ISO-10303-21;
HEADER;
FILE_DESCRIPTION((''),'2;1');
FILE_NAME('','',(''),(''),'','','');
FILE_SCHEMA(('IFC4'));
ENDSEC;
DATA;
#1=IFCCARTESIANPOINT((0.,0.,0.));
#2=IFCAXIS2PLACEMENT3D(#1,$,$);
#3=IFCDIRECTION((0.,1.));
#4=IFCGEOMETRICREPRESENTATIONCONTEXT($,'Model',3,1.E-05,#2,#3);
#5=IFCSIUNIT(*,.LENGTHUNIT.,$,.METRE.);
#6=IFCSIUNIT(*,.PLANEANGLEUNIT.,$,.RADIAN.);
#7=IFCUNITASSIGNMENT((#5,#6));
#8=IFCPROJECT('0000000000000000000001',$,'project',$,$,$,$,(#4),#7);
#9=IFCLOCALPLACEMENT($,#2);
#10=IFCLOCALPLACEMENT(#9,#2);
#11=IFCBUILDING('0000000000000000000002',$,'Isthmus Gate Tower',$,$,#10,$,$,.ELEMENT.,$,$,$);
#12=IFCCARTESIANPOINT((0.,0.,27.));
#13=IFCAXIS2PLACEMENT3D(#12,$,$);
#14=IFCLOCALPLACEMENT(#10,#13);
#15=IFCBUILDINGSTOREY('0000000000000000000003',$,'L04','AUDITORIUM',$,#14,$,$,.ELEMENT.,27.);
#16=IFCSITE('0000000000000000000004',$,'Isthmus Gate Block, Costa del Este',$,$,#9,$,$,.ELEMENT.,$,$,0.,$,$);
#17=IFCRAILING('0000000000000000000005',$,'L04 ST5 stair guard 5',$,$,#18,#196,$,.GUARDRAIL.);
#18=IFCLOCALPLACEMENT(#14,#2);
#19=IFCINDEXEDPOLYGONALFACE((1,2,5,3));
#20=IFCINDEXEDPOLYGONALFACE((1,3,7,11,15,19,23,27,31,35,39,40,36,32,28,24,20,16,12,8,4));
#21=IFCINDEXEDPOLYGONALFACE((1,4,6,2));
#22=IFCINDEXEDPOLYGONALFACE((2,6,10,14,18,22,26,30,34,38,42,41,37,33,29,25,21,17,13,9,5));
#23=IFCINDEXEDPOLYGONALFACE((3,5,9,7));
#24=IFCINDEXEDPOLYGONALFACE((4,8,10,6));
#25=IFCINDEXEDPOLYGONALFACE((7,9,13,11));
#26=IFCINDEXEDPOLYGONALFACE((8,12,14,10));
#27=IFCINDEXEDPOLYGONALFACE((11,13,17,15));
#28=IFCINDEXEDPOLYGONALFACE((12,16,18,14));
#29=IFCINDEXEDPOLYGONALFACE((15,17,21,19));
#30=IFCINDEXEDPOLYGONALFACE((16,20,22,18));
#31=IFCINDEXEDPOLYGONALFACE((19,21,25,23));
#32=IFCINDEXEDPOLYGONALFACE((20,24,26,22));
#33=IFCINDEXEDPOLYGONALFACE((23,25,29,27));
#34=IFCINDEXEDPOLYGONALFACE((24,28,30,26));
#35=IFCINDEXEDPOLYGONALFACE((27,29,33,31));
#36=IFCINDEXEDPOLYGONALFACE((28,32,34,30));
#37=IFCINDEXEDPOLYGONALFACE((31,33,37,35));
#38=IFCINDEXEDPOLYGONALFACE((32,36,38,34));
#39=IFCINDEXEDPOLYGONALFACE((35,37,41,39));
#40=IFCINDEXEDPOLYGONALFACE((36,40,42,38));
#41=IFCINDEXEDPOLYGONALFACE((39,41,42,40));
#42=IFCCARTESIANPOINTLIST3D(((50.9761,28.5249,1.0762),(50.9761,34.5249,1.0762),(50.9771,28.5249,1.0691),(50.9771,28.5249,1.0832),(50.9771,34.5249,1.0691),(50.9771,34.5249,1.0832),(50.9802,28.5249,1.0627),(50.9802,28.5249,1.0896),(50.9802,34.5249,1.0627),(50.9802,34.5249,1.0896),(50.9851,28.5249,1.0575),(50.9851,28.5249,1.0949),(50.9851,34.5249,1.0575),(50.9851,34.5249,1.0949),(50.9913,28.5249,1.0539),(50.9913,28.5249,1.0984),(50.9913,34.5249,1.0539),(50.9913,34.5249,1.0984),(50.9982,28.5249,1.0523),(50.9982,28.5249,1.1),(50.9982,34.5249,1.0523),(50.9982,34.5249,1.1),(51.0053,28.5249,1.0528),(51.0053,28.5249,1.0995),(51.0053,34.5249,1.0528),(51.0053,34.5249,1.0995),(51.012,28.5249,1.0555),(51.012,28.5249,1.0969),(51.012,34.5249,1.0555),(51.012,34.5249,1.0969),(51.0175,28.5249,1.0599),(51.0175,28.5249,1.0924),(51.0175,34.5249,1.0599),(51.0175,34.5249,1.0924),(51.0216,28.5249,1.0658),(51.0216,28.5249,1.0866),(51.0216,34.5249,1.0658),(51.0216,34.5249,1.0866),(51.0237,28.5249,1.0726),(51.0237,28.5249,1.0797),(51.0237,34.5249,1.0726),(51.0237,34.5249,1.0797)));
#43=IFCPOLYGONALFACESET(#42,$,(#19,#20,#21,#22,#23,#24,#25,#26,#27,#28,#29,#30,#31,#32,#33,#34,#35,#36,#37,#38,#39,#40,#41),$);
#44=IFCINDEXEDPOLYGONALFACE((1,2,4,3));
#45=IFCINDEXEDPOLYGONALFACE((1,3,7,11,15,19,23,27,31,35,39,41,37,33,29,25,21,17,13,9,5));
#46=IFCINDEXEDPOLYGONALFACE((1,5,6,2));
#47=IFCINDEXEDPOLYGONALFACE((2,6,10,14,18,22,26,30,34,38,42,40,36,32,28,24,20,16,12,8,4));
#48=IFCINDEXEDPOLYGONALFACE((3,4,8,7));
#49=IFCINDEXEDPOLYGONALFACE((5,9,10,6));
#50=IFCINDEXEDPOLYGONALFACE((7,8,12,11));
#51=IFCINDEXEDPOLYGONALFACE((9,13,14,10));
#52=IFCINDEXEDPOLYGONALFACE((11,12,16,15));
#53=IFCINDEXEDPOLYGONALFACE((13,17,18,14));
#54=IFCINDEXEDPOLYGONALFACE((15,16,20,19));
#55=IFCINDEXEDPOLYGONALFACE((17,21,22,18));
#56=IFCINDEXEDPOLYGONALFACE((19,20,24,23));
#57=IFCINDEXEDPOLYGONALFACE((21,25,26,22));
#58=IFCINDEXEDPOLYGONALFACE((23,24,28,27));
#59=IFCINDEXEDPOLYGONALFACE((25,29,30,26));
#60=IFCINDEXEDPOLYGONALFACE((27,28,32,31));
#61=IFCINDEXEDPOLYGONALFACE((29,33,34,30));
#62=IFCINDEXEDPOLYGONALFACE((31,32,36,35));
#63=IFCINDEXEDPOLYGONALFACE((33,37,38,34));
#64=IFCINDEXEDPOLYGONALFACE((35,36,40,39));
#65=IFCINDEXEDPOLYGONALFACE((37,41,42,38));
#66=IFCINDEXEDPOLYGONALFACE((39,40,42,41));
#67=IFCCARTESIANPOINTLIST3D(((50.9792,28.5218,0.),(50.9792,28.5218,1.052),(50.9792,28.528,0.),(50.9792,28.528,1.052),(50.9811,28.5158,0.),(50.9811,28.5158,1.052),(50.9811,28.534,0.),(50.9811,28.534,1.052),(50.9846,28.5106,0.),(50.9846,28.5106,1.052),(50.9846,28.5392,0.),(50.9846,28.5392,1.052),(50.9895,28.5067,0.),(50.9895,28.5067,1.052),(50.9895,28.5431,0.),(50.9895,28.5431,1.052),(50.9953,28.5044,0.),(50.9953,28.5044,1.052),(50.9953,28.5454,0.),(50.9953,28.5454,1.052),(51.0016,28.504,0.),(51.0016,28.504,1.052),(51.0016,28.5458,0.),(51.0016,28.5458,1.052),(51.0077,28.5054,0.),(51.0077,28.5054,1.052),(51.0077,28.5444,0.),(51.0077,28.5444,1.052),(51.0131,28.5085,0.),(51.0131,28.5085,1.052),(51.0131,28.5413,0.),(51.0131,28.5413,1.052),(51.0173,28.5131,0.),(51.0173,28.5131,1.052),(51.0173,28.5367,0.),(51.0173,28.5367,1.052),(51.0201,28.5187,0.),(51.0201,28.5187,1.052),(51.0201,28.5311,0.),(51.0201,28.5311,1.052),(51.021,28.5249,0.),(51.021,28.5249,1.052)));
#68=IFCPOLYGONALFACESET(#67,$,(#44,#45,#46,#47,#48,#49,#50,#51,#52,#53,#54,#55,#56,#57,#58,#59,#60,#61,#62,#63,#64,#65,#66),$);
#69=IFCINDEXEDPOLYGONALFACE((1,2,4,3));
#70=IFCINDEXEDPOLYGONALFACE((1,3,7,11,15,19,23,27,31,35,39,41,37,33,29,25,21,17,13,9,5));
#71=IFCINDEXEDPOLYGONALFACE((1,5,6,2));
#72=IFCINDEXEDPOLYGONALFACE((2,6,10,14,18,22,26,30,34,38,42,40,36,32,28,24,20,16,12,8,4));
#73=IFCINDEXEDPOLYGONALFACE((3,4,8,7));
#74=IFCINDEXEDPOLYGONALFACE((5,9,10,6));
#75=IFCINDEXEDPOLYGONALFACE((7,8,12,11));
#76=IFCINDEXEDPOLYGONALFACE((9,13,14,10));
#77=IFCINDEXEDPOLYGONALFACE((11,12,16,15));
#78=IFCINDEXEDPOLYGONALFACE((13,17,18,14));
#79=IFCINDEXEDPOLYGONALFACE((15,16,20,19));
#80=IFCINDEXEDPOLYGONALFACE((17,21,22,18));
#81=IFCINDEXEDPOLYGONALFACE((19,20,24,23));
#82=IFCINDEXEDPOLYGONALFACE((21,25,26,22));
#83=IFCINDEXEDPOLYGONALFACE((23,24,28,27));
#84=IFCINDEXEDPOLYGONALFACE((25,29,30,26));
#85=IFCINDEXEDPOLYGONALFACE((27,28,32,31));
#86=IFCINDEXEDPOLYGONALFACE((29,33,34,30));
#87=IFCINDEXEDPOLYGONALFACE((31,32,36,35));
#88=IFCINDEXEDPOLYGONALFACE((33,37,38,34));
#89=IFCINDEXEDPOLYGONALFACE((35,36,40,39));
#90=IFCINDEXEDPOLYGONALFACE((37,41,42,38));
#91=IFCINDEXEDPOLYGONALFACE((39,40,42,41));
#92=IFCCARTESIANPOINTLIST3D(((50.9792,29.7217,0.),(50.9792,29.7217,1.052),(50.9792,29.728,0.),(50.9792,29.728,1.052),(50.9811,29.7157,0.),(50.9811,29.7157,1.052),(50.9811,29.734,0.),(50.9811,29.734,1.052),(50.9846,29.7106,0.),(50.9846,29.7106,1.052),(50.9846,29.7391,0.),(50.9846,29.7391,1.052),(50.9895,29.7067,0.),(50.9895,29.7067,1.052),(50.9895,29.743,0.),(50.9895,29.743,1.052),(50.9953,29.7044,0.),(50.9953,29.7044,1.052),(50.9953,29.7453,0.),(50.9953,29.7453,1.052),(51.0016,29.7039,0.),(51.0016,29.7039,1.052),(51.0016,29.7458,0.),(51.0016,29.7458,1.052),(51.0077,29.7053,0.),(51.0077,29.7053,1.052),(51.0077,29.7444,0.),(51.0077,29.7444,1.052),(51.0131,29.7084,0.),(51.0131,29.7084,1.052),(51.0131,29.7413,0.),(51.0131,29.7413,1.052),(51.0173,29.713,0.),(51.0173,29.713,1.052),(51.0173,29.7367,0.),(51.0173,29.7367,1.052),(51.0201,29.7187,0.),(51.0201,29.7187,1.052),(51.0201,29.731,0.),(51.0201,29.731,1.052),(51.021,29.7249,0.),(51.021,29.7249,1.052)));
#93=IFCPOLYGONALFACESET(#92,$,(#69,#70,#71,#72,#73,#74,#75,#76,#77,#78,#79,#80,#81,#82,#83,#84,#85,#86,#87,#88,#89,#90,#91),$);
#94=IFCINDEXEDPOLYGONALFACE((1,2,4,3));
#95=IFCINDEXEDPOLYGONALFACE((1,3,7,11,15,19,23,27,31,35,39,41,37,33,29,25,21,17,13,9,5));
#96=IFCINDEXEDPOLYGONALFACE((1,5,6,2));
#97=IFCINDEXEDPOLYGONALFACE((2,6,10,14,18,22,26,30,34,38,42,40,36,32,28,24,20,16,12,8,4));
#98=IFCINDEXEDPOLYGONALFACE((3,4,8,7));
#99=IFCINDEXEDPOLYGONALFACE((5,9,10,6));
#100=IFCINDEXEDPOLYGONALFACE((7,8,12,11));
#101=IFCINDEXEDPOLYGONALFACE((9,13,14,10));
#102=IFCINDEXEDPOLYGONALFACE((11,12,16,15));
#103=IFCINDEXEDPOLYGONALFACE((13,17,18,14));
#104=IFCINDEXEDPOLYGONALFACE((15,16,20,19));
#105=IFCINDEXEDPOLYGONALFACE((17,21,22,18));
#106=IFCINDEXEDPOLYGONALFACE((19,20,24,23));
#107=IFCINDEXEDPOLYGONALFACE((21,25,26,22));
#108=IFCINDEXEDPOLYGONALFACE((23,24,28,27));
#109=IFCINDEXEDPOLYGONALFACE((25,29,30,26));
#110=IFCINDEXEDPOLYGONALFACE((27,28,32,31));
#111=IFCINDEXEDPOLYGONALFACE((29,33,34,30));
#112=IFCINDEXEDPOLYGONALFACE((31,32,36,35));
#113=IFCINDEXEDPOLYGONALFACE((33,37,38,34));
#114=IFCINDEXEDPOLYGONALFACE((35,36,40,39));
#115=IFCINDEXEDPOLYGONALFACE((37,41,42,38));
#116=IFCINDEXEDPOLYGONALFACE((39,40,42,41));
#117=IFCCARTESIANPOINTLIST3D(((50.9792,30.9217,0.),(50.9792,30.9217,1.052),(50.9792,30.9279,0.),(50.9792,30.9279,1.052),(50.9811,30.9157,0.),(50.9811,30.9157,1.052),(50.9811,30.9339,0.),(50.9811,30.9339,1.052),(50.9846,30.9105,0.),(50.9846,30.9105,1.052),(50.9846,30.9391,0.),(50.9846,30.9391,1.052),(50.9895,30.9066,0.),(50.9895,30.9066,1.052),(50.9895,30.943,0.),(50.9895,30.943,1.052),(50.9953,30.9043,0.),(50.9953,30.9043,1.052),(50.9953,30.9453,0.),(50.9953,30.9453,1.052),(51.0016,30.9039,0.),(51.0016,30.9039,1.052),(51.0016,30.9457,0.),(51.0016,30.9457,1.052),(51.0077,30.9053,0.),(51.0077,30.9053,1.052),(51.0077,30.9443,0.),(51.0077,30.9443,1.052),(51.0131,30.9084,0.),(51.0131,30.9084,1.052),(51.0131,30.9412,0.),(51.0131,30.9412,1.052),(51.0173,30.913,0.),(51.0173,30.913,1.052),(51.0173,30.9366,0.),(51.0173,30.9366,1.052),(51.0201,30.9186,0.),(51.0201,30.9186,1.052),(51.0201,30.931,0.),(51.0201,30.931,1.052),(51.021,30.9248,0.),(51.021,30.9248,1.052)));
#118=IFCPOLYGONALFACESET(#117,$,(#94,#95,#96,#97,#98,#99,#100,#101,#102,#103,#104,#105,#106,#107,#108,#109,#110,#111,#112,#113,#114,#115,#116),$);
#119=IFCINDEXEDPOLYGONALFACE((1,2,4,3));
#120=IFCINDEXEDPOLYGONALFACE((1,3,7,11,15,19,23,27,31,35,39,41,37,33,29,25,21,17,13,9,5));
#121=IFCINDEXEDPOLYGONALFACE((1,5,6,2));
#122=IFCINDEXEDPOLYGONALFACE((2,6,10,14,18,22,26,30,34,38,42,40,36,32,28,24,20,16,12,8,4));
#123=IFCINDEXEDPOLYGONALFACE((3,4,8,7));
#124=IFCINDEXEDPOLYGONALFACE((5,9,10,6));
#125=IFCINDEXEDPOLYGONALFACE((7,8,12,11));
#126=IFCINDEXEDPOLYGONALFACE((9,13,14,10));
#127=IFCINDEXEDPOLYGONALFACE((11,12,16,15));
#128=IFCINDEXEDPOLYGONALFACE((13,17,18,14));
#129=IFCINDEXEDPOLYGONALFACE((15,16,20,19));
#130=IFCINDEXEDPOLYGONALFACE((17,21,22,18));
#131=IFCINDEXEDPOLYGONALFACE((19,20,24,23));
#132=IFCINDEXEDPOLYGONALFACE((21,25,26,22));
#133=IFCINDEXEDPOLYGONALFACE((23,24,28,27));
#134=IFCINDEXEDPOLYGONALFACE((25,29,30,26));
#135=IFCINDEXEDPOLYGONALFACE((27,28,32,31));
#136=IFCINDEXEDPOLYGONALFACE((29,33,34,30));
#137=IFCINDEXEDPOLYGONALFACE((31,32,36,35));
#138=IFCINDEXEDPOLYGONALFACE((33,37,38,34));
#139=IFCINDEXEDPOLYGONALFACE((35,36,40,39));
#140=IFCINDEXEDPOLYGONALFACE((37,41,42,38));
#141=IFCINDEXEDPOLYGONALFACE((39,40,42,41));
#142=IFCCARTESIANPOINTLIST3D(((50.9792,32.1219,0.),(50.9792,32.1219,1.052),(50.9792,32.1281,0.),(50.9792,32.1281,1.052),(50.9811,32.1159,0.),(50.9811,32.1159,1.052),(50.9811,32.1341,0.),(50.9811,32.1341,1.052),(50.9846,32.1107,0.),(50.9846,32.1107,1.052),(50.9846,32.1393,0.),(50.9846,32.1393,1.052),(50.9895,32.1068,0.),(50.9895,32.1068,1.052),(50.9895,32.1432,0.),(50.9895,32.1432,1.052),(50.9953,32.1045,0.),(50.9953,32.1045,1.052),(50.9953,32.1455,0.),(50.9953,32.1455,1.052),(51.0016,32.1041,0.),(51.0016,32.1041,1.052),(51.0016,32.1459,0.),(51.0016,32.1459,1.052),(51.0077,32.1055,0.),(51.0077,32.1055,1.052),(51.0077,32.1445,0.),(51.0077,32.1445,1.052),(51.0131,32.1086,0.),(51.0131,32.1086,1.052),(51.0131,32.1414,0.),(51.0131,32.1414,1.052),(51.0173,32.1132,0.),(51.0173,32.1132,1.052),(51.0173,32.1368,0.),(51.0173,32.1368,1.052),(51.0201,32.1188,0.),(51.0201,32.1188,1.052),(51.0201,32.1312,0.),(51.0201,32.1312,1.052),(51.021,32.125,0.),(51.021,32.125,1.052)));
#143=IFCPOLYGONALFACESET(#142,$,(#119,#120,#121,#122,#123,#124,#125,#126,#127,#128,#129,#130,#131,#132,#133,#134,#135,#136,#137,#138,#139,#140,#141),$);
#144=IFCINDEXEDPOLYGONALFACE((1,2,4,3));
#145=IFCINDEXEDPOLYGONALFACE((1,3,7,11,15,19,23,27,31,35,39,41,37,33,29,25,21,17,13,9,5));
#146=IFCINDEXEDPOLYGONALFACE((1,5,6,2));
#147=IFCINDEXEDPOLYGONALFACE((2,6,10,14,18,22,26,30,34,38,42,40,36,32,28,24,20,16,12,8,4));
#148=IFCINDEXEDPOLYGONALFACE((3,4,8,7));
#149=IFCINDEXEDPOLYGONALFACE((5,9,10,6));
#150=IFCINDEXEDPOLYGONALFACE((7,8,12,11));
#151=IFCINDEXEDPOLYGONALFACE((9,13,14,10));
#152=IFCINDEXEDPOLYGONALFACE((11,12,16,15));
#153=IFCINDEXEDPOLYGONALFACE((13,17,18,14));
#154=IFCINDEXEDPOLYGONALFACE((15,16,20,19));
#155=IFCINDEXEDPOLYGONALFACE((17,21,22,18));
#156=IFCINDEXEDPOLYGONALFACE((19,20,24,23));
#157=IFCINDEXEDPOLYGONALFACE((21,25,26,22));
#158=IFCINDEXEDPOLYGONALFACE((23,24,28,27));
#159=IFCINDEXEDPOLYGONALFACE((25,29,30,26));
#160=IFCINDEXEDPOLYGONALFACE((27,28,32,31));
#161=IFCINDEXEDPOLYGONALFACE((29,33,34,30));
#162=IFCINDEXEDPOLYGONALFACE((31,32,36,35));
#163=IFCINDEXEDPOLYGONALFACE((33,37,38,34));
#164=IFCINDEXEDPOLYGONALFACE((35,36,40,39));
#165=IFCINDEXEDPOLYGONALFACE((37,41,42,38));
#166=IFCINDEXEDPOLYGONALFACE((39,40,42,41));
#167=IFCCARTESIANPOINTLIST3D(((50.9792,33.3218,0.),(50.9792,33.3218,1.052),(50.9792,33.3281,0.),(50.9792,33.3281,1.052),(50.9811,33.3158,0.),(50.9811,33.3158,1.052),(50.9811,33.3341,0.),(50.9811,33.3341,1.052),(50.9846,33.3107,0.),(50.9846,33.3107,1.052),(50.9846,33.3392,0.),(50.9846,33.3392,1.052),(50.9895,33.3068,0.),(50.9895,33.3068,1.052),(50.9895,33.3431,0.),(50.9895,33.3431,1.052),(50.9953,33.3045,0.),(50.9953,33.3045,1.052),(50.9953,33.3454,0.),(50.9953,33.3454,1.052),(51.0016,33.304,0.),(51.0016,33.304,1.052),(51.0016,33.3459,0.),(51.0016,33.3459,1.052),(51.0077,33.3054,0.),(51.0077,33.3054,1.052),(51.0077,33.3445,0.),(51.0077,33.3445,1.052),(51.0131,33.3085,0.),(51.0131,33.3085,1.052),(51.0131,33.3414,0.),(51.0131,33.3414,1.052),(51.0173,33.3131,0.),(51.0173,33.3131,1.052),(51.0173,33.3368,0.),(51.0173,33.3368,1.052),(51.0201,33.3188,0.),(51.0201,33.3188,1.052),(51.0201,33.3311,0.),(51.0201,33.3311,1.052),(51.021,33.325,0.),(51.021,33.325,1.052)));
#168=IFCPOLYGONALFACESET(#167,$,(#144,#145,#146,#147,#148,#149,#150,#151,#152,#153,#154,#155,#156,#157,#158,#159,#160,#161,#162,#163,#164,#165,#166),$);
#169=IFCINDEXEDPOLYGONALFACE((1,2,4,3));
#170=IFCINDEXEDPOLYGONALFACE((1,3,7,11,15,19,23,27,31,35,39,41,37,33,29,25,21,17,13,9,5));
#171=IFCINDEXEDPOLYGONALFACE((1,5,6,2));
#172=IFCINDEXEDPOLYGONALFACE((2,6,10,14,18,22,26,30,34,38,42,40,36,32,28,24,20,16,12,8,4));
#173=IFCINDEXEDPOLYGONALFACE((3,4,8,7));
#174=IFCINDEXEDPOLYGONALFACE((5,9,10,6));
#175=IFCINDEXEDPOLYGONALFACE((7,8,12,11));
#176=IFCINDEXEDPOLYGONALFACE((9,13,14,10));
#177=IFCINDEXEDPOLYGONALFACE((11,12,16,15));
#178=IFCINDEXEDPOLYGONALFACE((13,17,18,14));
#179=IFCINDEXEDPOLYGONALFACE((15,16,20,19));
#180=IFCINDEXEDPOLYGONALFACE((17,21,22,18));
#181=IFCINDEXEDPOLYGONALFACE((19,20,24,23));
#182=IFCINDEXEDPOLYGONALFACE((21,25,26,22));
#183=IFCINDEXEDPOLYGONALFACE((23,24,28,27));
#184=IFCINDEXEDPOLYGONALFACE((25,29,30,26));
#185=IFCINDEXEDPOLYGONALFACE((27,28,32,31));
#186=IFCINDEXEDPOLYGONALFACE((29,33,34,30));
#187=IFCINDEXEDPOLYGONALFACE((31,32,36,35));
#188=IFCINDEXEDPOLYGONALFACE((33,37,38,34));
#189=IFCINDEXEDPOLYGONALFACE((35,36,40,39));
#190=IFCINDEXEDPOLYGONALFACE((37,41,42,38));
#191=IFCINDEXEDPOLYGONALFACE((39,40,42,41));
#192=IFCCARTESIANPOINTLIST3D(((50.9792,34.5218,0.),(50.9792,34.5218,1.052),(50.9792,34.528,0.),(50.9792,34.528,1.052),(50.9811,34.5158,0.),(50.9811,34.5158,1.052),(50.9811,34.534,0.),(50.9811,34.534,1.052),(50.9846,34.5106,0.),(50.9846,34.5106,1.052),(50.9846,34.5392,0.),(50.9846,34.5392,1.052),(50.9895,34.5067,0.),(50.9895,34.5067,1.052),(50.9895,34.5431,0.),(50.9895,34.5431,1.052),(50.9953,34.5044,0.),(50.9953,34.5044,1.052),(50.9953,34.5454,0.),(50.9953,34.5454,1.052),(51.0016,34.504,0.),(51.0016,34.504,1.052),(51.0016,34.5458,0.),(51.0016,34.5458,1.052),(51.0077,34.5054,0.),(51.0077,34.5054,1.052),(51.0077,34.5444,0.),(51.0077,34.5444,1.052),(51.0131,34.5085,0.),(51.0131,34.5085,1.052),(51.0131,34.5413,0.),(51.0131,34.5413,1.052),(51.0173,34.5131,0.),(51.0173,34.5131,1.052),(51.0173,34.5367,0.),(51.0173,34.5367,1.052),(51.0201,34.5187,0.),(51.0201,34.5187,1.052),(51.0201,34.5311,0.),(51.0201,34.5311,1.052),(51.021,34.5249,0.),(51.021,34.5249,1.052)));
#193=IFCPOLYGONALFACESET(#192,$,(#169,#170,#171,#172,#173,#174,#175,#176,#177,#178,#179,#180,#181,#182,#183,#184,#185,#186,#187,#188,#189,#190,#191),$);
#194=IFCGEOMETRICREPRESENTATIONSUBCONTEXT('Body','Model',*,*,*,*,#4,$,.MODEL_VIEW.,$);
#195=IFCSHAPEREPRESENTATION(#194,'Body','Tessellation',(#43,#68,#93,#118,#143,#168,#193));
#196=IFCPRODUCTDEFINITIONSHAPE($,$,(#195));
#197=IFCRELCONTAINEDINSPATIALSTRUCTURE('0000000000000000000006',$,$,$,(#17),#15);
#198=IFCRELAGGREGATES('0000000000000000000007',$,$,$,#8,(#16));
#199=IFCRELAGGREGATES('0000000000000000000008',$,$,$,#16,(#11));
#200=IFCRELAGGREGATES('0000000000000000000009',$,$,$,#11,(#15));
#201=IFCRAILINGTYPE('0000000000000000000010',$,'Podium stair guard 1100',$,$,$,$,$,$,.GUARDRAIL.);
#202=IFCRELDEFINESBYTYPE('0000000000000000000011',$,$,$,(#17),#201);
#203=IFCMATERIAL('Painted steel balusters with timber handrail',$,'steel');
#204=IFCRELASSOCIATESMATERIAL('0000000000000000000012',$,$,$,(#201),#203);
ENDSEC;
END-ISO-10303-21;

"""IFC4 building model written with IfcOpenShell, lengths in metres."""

from ifc_helpers import new_model, si_unit, direction, frame, origin, origin_2d, place, context, subcontext, project, spatial, circle, extrude, material, type_object, element, save


model = new_model("IFC4")

# Units and contexts
model_context = context("Model", 3, precision=1e-05, world=origin(), true_north=direction((0.0, 1.0)))
body_context = subcontext(model_context, "Body", "Model", "MODEL_VIEW")
ifc_project = project(units=[si_unit("LENGTHUNIT", "METRE"), si_unit("PLANEANGLEUNIT", "RADIAN")], contexts=[model_context])

# Site, building, storey
site_placement = place(None, origin())
site = spatial("IfcSite", under=ifc_project, at=site_placement, Name="Isthmus Gate Block, Costa del Este", CompositionType="ELEMENT", RefElevation=0.0)
building_placement = place(site_placement, origin())
building = spatial("IfcBuilding", under=site, at=building_placement, Name="Isthmus Gate Tower", CompositionType="ELEMENT")
storey_placement = place(building_placement, frame((0.0, 0.0, 27.0)))
storey = spatial("IfcBuildingStorey", under=building, at=storey_placement, Name="L04", Description="AUDITORIUM", CompositionType="ELEMENT", Elevation=27.0)

# Railing
ifc_material_1 = material(Name="Painted steel balusters with timber handrail", Category="steel")
railing_type_1 = type_object("IfcRailingType", Name="Podium stair guard 1100", PredefinedType="GUARDRAIL", material=ifc_material_1)
railing_1_placement = place(storey_placement, frame((51.0, 28.5249, 0.0)))
element("IfcRailing", 1, at=railing_1_placement, inside=storey, type_object=railing_type_1, Name="L04 ST5 stair guard 5", PredefinedType="GUARDRAIL", context=body_context, shape_type="SweptSolid", body=[
    extrude(circle(Radius=0.0239, at=origin_2d()), frame((0.0, 0.0, 1.0762), z_axis=(0.0, 1.0, 0.0), x_axis=(-1.0, 0.0, 0.0)), (0.0, 0.0, 1.0), 6.0),
    extrude(circle(Radius=0.021, at=origin_2d()), origin(), (0.0, 0.0, 1.0), 1.052),
    extrude(circle(Radius=0.021, at=origin_2d()), frame((0.0, 1.2, 0.0)), (0.0, 0.0, 1.0), 1.052),
    extrude(circle(Radius=0.021, at=origin_2d()), frame((0.0, 2.3999, 0.0)), (0.0, 0.0, 1.0), 1.052),
    extrude(circle(Radius=0.021, at=origin_2d()), frame((0.0, 3.6001, 0.0)), (0.0, 0.0, 1.0), 1.052),
    extrude(circle(Radius=0.021, at=origin_2d()), frame((0.0, 4.8, 0.0)), (0.0, 0.0, 1.0), 1.052),
    extrude(circle(Radius=0.021, at=origin_2d()), frame((0.0, 6.0, 0.0)), (0.0, 0.0, 1.0), 1.052),
])

save(model, "model.ifc")
